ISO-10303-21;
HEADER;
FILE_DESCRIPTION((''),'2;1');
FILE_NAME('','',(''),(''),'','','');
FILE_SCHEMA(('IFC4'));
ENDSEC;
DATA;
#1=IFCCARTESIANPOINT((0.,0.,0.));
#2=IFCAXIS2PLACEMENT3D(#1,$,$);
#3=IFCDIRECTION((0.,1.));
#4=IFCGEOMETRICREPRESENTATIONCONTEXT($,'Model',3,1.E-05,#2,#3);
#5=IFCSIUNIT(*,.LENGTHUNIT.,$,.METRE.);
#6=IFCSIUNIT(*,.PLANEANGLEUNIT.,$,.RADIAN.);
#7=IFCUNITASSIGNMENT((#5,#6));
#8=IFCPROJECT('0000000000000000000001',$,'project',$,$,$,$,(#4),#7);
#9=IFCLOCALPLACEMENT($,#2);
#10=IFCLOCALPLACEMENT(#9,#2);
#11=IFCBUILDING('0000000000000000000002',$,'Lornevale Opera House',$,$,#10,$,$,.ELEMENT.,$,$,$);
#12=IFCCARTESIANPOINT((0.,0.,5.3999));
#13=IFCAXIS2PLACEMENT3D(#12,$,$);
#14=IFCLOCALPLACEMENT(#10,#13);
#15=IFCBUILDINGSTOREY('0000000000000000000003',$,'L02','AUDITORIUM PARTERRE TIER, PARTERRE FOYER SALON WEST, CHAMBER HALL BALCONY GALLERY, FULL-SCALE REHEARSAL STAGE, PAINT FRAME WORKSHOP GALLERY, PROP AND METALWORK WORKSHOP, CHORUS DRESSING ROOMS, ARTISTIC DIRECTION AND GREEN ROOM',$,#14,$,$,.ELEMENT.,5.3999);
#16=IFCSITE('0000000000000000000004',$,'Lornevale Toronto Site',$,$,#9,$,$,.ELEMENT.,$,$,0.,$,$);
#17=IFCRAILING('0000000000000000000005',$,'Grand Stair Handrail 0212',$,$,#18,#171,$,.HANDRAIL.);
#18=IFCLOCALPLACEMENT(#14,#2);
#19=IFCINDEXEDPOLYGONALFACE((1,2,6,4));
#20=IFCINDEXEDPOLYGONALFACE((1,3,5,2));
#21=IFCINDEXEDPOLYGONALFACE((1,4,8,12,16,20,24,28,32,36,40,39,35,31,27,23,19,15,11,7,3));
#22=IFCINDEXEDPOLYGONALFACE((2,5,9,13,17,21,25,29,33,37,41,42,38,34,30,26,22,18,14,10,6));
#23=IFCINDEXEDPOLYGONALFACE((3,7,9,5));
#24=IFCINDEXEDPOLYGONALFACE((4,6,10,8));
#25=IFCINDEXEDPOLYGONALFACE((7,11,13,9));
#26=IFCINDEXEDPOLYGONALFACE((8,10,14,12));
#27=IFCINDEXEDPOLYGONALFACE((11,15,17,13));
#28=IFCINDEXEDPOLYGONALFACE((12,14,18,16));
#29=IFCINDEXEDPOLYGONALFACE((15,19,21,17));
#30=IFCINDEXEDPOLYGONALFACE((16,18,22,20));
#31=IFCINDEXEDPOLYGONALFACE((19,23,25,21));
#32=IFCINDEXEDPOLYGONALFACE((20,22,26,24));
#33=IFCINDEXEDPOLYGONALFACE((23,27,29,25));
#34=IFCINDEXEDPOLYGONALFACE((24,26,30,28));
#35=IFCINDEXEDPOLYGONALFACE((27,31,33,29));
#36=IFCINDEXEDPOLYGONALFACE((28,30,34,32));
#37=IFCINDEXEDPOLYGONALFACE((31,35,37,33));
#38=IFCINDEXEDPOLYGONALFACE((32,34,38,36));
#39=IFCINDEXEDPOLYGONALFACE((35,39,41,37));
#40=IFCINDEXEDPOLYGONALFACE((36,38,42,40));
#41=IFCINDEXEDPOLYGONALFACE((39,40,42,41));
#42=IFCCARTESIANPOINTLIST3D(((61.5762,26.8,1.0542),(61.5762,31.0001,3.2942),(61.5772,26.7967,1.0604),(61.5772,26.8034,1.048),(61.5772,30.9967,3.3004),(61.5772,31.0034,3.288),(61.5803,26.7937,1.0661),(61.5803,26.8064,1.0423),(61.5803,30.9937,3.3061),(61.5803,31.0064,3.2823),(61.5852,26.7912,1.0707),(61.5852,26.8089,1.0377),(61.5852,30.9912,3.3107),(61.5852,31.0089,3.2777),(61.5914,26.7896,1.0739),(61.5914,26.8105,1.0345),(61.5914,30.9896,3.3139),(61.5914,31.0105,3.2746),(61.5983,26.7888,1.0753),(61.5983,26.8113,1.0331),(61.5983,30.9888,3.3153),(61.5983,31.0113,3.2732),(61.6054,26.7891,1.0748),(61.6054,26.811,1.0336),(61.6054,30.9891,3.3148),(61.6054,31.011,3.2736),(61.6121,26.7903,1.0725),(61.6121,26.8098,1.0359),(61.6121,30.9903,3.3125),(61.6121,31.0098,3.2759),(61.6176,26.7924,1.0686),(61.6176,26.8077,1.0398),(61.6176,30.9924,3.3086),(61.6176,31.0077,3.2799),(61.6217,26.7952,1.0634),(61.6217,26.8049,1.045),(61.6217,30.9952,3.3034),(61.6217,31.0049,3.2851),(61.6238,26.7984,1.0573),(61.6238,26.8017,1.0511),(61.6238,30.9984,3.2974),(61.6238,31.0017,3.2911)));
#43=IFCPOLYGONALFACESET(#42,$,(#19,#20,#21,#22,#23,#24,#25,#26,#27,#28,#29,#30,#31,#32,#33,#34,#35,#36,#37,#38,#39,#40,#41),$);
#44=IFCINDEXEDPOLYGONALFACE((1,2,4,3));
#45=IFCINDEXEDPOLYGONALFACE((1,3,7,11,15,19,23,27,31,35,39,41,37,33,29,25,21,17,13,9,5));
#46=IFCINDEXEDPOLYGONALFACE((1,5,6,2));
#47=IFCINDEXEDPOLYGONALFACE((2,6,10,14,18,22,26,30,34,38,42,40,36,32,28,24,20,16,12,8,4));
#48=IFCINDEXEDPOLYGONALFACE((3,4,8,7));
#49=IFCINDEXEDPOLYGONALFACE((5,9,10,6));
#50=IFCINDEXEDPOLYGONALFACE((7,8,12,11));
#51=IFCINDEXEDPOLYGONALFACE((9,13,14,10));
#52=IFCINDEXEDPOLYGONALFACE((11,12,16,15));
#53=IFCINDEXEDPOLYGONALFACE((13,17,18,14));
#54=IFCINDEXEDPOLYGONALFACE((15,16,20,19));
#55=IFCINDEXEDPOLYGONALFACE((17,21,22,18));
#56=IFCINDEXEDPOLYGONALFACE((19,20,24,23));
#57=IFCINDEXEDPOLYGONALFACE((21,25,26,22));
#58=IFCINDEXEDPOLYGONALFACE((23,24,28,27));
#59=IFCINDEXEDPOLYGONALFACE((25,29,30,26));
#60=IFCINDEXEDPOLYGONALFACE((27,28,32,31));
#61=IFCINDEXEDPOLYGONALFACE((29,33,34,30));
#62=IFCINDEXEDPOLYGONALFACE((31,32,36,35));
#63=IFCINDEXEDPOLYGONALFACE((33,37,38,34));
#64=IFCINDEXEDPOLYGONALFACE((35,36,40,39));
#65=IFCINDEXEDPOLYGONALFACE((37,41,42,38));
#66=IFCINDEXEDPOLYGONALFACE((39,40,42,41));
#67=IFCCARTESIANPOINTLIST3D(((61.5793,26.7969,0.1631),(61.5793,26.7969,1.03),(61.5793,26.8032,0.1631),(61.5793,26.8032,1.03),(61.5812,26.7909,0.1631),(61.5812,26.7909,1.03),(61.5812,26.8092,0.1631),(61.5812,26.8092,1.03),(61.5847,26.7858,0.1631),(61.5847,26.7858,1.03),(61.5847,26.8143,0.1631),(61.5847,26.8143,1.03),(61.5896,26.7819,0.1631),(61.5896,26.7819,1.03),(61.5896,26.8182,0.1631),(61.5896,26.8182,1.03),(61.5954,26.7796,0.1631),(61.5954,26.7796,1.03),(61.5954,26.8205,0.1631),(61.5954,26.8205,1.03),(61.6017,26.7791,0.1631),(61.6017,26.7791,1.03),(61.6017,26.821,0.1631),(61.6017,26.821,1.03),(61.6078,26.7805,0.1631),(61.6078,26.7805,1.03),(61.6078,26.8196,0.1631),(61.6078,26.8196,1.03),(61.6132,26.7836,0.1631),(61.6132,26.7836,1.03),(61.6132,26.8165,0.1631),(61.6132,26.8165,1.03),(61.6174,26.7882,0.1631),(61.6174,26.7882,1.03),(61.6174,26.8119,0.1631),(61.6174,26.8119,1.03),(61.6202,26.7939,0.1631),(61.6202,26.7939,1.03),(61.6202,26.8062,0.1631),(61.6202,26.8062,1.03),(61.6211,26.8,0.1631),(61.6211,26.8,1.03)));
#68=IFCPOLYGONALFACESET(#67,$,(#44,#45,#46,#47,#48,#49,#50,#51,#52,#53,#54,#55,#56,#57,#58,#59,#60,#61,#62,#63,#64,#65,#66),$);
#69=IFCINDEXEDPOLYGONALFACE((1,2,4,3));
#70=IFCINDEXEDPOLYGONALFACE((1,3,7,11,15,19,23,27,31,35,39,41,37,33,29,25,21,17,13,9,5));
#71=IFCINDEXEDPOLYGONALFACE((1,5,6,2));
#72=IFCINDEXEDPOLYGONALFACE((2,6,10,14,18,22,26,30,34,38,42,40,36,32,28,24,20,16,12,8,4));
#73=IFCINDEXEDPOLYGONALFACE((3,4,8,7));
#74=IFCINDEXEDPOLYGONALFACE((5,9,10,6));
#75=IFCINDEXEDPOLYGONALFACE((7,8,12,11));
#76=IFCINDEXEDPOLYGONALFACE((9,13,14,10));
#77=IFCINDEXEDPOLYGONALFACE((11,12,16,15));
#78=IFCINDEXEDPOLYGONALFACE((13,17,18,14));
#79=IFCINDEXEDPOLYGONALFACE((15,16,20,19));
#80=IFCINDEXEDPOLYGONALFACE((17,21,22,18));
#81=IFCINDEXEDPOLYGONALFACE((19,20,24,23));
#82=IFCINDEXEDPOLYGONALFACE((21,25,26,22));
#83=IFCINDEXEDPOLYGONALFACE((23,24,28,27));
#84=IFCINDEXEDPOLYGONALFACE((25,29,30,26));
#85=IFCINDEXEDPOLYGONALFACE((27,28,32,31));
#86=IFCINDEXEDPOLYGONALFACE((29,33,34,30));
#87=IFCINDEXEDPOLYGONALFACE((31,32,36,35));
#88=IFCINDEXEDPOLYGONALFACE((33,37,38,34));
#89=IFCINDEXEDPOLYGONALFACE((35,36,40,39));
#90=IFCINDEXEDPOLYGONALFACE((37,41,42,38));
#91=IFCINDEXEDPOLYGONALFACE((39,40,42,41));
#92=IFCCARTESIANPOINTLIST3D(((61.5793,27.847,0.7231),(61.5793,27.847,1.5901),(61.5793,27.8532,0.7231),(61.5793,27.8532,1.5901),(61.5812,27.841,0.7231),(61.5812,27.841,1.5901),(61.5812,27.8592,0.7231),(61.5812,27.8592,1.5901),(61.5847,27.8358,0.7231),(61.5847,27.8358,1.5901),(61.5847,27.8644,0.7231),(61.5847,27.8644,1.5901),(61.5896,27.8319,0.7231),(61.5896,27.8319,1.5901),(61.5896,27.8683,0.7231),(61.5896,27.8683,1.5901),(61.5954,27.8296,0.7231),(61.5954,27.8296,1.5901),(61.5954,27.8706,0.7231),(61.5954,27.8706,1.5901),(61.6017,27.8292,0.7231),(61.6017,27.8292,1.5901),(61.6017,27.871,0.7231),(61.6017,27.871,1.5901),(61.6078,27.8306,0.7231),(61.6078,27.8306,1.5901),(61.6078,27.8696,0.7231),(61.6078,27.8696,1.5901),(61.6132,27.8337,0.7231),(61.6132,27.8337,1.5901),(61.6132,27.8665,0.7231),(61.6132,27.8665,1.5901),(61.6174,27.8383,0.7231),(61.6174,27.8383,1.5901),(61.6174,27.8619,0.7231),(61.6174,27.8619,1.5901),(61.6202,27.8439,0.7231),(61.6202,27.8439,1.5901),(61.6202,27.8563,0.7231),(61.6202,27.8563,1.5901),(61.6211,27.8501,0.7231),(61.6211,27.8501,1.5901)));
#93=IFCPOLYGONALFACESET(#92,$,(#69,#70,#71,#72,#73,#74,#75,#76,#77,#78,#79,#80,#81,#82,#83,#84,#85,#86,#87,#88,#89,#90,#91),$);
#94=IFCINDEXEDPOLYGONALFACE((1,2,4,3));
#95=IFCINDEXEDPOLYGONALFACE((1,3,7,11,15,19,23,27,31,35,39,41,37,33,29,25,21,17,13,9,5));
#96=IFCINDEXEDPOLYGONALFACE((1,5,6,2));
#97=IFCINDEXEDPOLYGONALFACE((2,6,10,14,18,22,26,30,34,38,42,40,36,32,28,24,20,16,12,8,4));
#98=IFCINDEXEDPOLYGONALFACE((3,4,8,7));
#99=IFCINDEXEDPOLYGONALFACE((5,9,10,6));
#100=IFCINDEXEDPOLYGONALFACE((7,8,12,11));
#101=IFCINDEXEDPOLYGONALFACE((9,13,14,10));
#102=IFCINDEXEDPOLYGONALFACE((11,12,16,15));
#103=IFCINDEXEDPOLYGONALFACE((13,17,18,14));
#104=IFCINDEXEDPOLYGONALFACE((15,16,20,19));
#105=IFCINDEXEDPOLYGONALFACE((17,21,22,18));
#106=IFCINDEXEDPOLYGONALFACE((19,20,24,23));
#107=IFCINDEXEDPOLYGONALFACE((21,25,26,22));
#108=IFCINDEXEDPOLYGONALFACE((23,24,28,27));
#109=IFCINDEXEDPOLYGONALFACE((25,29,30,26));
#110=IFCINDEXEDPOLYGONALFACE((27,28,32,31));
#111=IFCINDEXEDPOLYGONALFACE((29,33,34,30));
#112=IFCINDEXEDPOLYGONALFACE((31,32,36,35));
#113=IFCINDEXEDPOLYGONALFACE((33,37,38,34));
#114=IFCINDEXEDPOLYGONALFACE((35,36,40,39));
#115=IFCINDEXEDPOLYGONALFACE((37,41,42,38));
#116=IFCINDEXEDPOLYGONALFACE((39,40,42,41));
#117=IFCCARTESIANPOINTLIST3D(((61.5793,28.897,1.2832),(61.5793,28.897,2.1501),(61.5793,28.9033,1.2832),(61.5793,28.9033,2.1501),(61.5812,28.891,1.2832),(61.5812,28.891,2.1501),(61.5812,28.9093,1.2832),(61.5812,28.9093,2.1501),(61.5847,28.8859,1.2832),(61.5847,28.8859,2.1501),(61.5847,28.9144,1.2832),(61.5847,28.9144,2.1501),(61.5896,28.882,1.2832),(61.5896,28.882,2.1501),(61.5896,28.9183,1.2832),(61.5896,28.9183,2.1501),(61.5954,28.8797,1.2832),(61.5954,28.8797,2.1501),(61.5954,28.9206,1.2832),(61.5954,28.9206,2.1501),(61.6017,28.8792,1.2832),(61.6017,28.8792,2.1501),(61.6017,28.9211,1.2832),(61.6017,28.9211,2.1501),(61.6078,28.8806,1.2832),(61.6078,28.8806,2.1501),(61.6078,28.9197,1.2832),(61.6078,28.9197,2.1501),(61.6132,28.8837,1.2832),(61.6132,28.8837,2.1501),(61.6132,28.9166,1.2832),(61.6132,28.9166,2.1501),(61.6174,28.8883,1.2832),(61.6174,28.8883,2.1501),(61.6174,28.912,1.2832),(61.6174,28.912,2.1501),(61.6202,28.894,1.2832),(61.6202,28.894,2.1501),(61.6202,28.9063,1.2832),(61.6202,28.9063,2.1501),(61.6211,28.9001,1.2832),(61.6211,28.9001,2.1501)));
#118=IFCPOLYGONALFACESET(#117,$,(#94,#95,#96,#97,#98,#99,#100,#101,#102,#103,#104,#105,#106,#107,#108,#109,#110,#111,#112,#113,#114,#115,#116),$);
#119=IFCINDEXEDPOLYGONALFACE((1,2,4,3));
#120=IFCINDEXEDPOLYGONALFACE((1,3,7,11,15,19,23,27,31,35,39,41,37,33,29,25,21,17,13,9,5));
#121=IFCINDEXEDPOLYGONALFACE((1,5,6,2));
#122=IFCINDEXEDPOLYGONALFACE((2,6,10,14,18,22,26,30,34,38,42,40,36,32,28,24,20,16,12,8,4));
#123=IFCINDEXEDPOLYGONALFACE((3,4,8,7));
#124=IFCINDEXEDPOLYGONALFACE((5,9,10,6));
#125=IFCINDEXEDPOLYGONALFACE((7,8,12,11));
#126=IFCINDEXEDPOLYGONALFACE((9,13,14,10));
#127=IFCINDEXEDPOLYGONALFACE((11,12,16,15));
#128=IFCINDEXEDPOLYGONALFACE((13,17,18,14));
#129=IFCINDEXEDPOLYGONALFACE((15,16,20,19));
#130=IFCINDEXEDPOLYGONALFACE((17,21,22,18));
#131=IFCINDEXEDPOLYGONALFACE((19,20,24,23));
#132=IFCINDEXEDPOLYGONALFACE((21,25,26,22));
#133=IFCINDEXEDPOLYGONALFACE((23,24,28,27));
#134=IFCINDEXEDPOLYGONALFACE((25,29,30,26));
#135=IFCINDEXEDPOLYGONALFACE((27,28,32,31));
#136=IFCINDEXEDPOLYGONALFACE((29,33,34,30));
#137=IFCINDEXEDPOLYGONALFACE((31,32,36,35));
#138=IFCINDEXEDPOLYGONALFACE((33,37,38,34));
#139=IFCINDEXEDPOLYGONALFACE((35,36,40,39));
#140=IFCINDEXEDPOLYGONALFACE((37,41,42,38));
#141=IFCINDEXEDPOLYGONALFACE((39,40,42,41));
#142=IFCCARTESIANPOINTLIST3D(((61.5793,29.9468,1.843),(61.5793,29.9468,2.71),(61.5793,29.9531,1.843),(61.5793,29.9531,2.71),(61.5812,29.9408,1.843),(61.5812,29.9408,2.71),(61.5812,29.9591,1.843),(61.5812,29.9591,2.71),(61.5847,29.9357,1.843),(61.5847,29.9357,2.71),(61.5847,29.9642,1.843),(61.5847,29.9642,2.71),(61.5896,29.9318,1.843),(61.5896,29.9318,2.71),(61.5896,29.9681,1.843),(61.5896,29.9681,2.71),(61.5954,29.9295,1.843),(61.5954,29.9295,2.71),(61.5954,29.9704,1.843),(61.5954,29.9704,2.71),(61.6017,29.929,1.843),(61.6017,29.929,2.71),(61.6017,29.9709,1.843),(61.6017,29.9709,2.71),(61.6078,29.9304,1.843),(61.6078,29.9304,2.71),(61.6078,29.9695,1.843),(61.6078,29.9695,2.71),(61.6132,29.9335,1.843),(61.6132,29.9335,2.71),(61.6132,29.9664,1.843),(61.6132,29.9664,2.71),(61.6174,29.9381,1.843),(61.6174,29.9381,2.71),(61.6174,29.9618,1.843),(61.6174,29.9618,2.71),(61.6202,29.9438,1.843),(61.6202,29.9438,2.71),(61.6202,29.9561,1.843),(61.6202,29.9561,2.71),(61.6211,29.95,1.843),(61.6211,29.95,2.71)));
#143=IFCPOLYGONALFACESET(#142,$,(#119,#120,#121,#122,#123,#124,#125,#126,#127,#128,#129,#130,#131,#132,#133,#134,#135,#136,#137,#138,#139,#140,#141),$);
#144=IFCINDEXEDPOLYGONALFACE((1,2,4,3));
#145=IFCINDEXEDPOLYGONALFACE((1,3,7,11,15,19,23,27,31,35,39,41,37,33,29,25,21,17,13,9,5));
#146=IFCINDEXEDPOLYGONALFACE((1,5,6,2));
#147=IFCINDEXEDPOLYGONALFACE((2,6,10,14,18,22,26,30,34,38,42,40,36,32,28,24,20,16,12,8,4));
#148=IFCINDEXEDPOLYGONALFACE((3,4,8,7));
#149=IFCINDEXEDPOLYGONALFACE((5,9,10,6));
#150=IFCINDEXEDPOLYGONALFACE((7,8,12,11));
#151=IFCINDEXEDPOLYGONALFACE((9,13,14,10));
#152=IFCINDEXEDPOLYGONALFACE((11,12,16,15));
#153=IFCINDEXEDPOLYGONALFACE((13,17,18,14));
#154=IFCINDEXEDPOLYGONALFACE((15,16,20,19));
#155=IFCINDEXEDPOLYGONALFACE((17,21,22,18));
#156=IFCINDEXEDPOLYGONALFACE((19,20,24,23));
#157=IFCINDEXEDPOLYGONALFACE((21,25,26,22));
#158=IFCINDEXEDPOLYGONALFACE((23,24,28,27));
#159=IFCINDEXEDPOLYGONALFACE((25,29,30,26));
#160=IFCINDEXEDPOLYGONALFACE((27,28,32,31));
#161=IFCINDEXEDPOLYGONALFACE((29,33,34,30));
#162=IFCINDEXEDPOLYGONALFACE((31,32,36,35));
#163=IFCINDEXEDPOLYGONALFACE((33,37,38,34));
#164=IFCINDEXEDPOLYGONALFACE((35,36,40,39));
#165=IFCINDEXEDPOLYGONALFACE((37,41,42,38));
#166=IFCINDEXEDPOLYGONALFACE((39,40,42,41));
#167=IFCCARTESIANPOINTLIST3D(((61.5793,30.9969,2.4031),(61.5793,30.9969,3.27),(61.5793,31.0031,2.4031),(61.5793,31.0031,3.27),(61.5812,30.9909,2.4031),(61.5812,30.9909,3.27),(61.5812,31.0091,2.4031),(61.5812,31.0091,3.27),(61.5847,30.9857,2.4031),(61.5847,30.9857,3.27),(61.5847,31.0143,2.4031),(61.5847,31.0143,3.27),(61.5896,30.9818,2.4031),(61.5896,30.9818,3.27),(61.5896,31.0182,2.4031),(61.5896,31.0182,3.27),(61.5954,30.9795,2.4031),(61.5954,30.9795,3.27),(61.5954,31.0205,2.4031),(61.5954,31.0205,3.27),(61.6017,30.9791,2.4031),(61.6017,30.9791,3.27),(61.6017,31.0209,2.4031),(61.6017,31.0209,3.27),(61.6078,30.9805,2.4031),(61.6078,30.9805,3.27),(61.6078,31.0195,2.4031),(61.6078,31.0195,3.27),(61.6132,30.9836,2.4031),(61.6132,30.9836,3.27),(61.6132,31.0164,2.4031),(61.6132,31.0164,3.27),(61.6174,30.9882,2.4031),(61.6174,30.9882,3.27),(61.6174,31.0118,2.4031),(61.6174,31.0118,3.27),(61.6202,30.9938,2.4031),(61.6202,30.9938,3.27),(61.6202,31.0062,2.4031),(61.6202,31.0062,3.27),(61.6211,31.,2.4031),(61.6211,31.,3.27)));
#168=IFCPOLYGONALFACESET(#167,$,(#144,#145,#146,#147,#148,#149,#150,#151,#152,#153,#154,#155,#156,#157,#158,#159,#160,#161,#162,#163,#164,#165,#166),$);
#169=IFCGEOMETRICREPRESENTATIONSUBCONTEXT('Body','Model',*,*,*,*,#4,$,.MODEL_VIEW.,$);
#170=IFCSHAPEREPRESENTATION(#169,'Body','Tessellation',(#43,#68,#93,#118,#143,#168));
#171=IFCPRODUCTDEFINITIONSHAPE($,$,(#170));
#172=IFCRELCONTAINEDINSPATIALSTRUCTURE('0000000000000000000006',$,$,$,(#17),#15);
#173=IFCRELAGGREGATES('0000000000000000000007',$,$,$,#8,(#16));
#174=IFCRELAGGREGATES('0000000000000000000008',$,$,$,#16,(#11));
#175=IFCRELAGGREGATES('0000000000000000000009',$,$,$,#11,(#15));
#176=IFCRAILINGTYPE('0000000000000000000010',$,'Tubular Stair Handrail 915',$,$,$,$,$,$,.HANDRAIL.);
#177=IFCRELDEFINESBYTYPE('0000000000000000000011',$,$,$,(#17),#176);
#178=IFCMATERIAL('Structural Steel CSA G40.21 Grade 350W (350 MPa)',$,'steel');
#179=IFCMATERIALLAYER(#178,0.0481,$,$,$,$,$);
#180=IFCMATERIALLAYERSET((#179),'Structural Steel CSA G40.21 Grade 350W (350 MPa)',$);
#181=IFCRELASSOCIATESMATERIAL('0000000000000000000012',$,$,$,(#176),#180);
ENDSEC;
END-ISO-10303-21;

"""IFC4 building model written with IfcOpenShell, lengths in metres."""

from ifc_helpers import new_model, si_unit, direction, frame, origin, origin_2d, place, context, subcontext, project, spatial, circle, extrude, material, layer, layer_set, type_object, element, save


model = new_model("IFC4")

# Units and contexts
model_context = context("Model", 3, precision=1e-05, world=origin(), true_north=direction((0.0, 1.0)))
body_context = subcontext(model_context, "Body", "Model", "MODEL_VIEW")
ifc_project = project(units=[si_unit("LENGTHUNIT", "METRE"), si_unit("PLANEANGLEUNIT", "RADIAN")], contexts=[model_context])

# Site, building, storey
site_placement = place(None, origin())
site = spatial("IfcSite", under=ifc_project, at=site_placement, Name="Lornevale Toronto Site", CompositionType="ELEMENT", RefElevation=0.0)
building_placement = place(site_placement, origin())
building = spatial("IfcBuilding", under=site, at=building_placement, Name="Lornevale Opera House", CompositionType="ELEMENT")
storey_placement = place(building_placement, frame((0.0, 0.0, 5.3999)))
storey = spatial("IfcBuildingStorey", under=building, at=storey_placement, Name="L02", Description="AUDITORIUM PARTERRE TIER, PARTERRE FOYER SALON WEST, CHAMBER HALL BALCONY GALLERY, FULL-SCALE REHEARSAL STAGE, PAINT FRAME WORKSHOP GALLERY, PROP AND METALWORK WORKSHOP, CHORUS DRESSING ROOMS, ARTISTIC DIRECTION AND GREEN ROOM", CompositionType="ELEMENT", Elevation=5.3999)

# Shared definitions
ifc_material_1 = material(Name="Structural Steel CSA G40.21 Grade 350W (350 MPa)", Category="steel")

# Railing
ifc_layer_1 = layer(ifc_material_1, 0.0481)
ifc_layer_set_1 = layer_set([ifc_layer_1], Name="Structural Steel CSA G40.21 Grade 350W (350 MPa)")
railing_type_1 = type_object("IfcRailingType", Name="Tubular Stair Handrail 915", PredefinedType="HANDRAIL", material=ifc_layer_set_1)
for number, where, name in (
    (1, (61.6001, 26.8, 0.1631), "Grand Stair Handrail 0212"),
):
    element("IfcRailing", number, at=place(storey_placement, frame(where)), inside=storey, type_object=railing_type_1, Name=name, PredefinedType="HANDRAIL", context=body_context, shape_type="SweptSolid", body=[
        extrude(circle(Radius=0.0239, at=origin_2d()), frame((0.0, 0.0, 0.8911), z_axis=(0.0, 0.882352, 0.470591), x_axis=(-1.0, 0.0, 0.0)), (0.0, 0.0, 1.0), 4.76),
        extrude(circle(Radius=0.021, at=origin_2d()), origin(), (0.0, 0.0, 1.0), 0.8669),
        extrude(circle(Radius=0.021, at=origin_2d()), frame((0.0, 1.05, 0.5601)), (0.0, 0.0, 1.0), 0.8669),
        extrude(circle(Radius=0.021, at=origin_2d()), frame((0.0, 2.1001, 1.1201)), (0.0, 0.0, 1.0), 0.8669),
        extrude(circle(Radius=0.021, at=origin_2d()), frame((0.0, 3.1499, 1.6799)), (0.0, 0.0, 1.0), 0.8669),
        extrude(circle(Radius=0.021, at=origin_2d()), frame((0.0, 4.2, 2.24)), (0.0, 0.0, 1.0), 0.8669),
    ])

save(model, "model.ifc")
